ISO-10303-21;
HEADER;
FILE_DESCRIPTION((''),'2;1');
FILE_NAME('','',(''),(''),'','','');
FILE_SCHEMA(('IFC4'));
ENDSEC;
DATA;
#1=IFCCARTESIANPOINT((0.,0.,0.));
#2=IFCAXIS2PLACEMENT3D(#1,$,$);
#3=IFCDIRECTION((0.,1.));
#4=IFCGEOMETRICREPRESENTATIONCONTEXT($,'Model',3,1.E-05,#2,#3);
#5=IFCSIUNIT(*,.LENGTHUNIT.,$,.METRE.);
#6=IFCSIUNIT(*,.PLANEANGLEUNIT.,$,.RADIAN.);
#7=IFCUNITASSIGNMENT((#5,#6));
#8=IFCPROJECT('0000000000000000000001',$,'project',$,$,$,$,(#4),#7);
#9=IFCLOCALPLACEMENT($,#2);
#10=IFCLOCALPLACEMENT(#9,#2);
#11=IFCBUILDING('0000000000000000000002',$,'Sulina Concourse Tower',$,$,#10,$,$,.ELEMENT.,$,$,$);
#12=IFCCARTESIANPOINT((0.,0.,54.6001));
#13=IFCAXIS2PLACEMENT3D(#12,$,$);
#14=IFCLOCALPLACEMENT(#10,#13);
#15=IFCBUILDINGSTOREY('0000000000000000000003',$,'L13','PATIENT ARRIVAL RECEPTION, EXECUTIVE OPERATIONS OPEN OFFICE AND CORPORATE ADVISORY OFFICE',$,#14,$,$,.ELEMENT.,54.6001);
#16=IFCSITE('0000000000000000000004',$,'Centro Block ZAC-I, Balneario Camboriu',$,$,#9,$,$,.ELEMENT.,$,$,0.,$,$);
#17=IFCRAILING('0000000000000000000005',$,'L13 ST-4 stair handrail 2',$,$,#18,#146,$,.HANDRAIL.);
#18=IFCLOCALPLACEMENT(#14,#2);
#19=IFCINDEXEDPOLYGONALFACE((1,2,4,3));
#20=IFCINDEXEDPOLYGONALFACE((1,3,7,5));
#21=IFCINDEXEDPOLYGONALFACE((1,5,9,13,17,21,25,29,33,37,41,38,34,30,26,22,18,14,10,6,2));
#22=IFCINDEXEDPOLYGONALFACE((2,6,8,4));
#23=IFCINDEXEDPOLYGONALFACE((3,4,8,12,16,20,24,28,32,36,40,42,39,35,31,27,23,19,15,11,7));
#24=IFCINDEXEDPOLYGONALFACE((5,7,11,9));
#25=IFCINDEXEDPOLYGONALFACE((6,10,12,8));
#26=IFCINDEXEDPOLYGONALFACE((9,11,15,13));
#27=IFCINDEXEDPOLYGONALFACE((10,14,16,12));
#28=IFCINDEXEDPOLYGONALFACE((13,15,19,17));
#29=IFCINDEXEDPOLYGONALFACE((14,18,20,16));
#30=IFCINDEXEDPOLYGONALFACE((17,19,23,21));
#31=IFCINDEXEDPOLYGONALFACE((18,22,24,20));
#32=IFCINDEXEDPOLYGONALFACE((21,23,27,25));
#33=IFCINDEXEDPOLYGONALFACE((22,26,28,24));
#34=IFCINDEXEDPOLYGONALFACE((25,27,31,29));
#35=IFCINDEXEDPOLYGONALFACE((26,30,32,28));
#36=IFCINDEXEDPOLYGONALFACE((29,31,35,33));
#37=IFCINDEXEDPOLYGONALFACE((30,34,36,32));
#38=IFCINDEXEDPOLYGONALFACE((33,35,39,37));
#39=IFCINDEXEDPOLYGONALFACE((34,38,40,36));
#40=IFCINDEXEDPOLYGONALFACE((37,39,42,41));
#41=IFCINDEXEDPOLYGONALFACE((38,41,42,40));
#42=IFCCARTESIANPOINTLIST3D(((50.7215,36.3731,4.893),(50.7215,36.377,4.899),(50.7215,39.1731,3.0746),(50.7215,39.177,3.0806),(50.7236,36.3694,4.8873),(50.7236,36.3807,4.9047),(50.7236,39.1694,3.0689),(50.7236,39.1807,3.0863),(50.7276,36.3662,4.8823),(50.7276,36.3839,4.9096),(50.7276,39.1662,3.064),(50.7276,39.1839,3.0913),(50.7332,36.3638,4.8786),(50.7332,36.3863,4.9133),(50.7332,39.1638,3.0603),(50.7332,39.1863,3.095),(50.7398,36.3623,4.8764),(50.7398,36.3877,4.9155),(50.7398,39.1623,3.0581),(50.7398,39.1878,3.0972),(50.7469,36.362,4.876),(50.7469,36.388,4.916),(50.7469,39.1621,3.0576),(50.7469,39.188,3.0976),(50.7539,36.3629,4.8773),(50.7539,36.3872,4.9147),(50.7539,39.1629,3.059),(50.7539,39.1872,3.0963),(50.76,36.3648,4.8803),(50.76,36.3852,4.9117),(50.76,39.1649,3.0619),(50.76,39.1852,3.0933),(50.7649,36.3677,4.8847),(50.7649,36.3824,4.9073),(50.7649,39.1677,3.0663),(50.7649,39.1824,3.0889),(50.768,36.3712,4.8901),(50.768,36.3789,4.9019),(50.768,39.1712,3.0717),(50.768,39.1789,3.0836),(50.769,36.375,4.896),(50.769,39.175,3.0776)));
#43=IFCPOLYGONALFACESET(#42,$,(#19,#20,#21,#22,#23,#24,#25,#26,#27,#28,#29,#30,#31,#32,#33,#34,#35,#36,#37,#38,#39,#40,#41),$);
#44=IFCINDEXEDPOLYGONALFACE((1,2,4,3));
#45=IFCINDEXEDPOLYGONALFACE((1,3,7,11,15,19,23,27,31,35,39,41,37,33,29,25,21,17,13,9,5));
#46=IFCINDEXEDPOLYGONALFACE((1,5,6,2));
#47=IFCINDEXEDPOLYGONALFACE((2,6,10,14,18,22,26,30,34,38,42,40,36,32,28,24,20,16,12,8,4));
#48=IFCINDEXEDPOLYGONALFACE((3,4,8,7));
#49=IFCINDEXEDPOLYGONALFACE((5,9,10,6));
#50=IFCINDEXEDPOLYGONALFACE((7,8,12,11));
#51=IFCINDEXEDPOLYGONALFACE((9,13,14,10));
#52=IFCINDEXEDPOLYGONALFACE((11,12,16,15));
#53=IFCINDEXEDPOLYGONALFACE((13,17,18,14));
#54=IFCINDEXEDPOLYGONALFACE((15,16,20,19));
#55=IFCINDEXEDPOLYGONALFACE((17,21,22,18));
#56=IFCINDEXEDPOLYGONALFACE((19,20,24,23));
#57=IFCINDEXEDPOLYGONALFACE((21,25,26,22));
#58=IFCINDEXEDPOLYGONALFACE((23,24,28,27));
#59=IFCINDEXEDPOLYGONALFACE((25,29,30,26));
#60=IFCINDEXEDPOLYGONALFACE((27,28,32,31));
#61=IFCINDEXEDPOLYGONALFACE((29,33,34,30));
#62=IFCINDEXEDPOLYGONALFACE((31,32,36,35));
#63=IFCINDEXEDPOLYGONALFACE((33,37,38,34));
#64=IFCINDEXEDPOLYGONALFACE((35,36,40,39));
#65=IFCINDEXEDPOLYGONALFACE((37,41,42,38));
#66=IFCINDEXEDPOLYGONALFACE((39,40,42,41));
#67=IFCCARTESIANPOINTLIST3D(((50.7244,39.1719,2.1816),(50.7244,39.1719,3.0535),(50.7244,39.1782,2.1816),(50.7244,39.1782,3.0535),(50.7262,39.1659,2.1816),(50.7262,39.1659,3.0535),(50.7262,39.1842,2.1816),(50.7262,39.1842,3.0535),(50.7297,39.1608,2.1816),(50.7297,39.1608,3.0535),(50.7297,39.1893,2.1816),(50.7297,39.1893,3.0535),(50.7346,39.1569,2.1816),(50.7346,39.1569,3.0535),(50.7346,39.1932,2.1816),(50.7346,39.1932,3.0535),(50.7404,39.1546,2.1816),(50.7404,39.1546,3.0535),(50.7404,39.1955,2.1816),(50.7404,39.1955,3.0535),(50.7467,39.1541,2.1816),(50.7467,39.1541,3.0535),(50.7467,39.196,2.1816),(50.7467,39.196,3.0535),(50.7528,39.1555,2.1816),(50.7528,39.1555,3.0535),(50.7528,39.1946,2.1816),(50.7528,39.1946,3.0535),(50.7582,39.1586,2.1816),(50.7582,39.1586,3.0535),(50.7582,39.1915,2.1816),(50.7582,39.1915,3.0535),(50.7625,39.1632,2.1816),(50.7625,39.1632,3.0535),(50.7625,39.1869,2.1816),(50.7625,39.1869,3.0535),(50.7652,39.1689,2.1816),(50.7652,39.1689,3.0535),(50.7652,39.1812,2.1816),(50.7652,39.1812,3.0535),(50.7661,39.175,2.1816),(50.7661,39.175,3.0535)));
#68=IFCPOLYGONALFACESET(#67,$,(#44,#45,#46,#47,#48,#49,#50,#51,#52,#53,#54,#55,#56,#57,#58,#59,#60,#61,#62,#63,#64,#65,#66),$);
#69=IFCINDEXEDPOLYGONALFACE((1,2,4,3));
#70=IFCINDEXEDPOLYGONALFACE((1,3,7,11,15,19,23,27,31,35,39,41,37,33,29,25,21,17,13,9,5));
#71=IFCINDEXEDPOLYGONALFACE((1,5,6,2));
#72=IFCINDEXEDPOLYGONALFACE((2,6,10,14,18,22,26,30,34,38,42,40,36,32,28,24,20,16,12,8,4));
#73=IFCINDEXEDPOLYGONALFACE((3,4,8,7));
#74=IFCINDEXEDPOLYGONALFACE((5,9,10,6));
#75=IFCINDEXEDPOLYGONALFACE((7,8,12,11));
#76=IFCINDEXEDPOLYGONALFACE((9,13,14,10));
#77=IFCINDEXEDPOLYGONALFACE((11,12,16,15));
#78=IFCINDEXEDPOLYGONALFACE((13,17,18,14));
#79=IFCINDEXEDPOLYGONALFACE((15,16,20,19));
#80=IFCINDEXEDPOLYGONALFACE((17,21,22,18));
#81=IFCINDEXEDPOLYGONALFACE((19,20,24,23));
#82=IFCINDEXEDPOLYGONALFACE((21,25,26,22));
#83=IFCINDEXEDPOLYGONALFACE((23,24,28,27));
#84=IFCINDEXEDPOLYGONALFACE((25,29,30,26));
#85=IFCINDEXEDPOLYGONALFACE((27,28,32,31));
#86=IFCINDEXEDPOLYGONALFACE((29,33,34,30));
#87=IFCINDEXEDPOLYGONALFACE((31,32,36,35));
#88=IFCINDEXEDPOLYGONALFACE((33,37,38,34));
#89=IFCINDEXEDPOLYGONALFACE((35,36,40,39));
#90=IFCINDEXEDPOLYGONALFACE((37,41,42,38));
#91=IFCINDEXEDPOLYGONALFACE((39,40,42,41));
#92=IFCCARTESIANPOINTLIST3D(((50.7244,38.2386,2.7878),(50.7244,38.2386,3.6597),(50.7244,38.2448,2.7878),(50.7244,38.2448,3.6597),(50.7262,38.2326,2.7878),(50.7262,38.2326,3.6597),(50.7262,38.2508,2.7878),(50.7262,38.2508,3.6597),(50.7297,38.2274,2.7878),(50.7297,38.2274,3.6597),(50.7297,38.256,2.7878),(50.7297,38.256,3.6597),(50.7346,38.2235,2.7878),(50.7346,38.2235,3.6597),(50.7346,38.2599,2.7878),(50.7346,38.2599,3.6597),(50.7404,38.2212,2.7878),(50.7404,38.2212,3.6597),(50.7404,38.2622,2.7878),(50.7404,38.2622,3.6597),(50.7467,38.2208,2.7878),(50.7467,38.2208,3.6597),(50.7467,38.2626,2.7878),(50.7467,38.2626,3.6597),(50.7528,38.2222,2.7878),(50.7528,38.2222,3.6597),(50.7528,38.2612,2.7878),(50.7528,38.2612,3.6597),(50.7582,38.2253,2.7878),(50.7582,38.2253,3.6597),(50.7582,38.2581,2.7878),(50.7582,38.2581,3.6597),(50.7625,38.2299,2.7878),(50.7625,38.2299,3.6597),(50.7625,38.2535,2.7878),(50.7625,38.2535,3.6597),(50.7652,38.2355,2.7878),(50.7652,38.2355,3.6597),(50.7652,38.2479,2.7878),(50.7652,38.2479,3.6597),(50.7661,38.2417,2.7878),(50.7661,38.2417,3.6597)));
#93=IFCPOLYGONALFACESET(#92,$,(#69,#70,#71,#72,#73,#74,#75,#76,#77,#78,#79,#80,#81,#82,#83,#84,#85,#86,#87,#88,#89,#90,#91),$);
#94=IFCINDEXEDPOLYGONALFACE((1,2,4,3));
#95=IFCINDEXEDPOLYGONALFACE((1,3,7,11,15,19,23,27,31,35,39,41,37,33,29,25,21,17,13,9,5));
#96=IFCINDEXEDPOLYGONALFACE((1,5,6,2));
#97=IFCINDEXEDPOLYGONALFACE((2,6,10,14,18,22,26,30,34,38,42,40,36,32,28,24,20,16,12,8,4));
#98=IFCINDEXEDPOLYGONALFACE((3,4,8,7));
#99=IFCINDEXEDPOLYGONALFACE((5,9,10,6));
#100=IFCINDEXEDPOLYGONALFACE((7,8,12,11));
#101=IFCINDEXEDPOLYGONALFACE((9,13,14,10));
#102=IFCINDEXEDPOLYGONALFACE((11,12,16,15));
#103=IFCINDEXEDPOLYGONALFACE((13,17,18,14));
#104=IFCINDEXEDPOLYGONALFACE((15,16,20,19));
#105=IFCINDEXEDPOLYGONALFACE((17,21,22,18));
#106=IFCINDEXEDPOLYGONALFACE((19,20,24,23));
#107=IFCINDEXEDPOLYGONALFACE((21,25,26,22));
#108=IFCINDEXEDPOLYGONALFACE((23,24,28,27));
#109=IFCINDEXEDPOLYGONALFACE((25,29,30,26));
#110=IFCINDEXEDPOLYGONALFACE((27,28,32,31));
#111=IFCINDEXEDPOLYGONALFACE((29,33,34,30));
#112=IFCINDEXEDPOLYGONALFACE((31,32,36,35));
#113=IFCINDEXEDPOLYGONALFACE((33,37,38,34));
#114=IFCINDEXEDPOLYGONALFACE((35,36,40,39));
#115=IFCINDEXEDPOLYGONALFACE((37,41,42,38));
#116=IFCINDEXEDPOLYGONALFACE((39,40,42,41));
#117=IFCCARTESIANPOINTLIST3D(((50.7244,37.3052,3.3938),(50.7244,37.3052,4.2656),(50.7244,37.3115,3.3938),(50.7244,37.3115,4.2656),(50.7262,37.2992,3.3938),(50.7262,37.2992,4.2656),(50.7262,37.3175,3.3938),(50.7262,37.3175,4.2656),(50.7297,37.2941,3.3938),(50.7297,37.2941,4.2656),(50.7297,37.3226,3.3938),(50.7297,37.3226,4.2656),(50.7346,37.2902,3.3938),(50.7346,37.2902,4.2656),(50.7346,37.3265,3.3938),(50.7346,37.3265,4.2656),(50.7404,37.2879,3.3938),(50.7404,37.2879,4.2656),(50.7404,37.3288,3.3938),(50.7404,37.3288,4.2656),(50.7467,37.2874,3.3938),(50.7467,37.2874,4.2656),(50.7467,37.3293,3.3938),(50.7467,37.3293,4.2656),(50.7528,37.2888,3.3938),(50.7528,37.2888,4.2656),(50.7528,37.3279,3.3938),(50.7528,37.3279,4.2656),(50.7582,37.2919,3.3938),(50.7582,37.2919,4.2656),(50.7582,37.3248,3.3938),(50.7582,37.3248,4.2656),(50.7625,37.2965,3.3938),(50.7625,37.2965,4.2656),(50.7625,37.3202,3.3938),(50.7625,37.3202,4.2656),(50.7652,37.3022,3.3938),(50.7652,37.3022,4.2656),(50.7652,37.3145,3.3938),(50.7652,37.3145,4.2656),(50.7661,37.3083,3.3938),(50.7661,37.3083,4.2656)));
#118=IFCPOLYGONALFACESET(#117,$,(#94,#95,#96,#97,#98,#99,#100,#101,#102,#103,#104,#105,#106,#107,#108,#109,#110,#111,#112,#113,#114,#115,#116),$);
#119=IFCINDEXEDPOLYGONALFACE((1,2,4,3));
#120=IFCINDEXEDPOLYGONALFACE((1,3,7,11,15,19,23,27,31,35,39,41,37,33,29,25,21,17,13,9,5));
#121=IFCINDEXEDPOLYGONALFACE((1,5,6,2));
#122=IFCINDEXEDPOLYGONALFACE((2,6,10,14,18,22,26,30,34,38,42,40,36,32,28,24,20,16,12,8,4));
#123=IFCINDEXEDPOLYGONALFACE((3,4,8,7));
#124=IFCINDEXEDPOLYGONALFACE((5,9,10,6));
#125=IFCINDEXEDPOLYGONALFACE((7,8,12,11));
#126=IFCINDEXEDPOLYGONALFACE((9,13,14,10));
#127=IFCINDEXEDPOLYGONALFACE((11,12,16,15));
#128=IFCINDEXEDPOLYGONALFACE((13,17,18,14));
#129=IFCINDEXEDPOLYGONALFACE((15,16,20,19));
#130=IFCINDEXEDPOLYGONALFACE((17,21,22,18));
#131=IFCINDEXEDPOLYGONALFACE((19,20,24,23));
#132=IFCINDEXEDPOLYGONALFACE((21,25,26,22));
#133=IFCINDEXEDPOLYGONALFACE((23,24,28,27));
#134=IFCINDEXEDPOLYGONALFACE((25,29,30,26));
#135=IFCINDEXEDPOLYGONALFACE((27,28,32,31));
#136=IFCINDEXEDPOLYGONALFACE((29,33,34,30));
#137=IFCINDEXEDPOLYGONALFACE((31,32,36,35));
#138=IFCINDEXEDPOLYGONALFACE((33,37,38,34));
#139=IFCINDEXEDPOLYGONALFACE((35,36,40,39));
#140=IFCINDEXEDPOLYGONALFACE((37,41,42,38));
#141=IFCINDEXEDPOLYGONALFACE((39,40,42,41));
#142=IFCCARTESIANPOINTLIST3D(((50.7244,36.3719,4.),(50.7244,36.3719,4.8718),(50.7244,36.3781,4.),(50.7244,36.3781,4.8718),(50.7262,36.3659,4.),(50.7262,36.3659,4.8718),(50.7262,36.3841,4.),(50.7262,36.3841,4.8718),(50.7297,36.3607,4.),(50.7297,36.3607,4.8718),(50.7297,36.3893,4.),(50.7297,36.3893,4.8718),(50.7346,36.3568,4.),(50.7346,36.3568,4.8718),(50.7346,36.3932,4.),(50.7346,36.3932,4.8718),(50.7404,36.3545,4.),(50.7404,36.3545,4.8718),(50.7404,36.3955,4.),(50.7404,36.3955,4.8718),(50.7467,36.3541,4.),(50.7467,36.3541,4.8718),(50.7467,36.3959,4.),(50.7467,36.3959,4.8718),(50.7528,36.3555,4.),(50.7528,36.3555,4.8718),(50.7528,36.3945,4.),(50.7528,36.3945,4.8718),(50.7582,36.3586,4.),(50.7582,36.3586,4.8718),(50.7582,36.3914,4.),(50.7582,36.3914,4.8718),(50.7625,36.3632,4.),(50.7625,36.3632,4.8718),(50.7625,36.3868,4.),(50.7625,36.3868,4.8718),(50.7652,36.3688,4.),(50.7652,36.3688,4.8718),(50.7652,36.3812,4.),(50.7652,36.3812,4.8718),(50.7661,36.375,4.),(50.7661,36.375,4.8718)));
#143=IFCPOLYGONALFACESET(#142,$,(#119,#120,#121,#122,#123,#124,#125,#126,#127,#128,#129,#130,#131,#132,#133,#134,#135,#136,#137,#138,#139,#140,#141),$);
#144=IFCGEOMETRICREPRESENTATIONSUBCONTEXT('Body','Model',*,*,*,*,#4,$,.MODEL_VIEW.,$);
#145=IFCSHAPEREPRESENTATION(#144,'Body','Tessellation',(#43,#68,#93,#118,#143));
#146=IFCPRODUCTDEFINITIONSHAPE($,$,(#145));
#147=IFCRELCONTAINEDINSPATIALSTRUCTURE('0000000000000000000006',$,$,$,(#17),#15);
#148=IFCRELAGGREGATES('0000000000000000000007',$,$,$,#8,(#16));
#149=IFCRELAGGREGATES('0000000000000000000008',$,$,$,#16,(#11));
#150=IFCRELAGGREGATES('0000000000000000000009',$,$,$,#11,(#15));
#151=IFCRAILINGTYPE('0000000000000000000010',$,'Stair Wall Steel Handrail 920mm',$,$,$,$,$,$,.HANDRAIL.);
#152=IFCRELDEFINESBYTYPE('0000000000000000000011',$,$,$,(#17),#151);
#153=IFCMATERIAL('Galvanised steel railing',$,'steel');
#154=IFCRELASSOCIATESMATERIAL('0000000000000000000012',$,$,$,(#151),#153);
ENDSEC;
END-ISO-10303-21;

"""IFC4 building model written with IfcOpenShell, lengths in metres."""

from ifc_helpers import new_model, si_unit, direction, frame, origin, origin_2d, place, context, subcontext, project, spatial, circle, extrude, material, type_object, element, save


model = new_model("IFC4")

# Units and contexts
model_context = context("Model", 3, precision=1e-05, world=origin(), true_north=direction((0.0, 1.0)))
body_context = subcontext(model_context, "Body", "Model", "MODEL_VIEW")
ifc_project = project(units=[si_unit("LENGTHUNIT", "METRE"), si_unit("PLANEANGLEUNIT", "RADIAN")], contexts=[model_context])

# Site, building, storey
site_placement = place(None, origin())
site = spatial("IfcSite", under=ifc_project, at=site_placement, Name="Centro Block ZAC-I, Balneario Camboriu", CompositionType="ELEMENT", RefElevation=0.0)
building_placement = place(site_placement, origin())
building = spatial("IfcBuilding", under=site, at=building_placement, Name="Sulina Concourse Tower", CompositionType="ELEMENT")
storey_placement = place(building_placement, frame((0.0, 0.0, 54.6001)))
storey = spatial("IfcBuildingStorey", under=building, at=storey_placement, Name="L13", Description="PATIENT ARRIVAL RECEPTION, EXECUTIVE OPERATIONS OPEN OFFICE AND CORPORATE ADVISORY OFFICE", CompositionType="ELEMENT", Elevation=54.6001)

# Railing
ifc_material_1 = material(Name="Galvanised steel railing", Category="steel")
railing_type_1 = type_object("IfcRailingType", Name="Stair Wall Steel Handrail 920mm", PredefinedType="HANDRAIL", material=ifc_material_1)
railing_1_placement = place(storey_placement, frame((50.7451, 39.175, 2.1816)))
element("IfcRailing", 1, at=railing_1_placement, inside=storey, type_object=railing_type_1, Name="L13 ST-4 stair handrail 2", PredefinedType="HANDRAIL", context=body_context, shape_type="SweptSolid", body=[
    extrude(circle(Radius=0.0239, at=origin_2d()), frame((0.0, 0.0, 0.896), z_axis=(0.0, -0.838672, 0.544636), x_axis=(1.0, 0.0, 0.0)), (0.0, 0.0, 1.0), 3.3386),
    extrude(circle(Radius=0.021, at=origin_2d()), origin(), (0.0, 0.0, 1.0), 0.8718),
    extrude(circle(Radius=0.021, at=origin_2d()), frame((0.0, -0.9333, 0.6062)), (0.0, 0.0, 1.0), 0.8718),
    extrude(circle(Radius=0.021, at=origin_2d()), frame((0.0, -1.8667, 1.2122)), (0.0, 0.0, 1.0), 0.8718),
    extrude(circle(Radius=0.021, at=origin_2d()), frame((0.0, -2.8, 1.8184)), (0.0, 0.0, 1.0), 0.8718),
])

save(model, "model.ifc")
